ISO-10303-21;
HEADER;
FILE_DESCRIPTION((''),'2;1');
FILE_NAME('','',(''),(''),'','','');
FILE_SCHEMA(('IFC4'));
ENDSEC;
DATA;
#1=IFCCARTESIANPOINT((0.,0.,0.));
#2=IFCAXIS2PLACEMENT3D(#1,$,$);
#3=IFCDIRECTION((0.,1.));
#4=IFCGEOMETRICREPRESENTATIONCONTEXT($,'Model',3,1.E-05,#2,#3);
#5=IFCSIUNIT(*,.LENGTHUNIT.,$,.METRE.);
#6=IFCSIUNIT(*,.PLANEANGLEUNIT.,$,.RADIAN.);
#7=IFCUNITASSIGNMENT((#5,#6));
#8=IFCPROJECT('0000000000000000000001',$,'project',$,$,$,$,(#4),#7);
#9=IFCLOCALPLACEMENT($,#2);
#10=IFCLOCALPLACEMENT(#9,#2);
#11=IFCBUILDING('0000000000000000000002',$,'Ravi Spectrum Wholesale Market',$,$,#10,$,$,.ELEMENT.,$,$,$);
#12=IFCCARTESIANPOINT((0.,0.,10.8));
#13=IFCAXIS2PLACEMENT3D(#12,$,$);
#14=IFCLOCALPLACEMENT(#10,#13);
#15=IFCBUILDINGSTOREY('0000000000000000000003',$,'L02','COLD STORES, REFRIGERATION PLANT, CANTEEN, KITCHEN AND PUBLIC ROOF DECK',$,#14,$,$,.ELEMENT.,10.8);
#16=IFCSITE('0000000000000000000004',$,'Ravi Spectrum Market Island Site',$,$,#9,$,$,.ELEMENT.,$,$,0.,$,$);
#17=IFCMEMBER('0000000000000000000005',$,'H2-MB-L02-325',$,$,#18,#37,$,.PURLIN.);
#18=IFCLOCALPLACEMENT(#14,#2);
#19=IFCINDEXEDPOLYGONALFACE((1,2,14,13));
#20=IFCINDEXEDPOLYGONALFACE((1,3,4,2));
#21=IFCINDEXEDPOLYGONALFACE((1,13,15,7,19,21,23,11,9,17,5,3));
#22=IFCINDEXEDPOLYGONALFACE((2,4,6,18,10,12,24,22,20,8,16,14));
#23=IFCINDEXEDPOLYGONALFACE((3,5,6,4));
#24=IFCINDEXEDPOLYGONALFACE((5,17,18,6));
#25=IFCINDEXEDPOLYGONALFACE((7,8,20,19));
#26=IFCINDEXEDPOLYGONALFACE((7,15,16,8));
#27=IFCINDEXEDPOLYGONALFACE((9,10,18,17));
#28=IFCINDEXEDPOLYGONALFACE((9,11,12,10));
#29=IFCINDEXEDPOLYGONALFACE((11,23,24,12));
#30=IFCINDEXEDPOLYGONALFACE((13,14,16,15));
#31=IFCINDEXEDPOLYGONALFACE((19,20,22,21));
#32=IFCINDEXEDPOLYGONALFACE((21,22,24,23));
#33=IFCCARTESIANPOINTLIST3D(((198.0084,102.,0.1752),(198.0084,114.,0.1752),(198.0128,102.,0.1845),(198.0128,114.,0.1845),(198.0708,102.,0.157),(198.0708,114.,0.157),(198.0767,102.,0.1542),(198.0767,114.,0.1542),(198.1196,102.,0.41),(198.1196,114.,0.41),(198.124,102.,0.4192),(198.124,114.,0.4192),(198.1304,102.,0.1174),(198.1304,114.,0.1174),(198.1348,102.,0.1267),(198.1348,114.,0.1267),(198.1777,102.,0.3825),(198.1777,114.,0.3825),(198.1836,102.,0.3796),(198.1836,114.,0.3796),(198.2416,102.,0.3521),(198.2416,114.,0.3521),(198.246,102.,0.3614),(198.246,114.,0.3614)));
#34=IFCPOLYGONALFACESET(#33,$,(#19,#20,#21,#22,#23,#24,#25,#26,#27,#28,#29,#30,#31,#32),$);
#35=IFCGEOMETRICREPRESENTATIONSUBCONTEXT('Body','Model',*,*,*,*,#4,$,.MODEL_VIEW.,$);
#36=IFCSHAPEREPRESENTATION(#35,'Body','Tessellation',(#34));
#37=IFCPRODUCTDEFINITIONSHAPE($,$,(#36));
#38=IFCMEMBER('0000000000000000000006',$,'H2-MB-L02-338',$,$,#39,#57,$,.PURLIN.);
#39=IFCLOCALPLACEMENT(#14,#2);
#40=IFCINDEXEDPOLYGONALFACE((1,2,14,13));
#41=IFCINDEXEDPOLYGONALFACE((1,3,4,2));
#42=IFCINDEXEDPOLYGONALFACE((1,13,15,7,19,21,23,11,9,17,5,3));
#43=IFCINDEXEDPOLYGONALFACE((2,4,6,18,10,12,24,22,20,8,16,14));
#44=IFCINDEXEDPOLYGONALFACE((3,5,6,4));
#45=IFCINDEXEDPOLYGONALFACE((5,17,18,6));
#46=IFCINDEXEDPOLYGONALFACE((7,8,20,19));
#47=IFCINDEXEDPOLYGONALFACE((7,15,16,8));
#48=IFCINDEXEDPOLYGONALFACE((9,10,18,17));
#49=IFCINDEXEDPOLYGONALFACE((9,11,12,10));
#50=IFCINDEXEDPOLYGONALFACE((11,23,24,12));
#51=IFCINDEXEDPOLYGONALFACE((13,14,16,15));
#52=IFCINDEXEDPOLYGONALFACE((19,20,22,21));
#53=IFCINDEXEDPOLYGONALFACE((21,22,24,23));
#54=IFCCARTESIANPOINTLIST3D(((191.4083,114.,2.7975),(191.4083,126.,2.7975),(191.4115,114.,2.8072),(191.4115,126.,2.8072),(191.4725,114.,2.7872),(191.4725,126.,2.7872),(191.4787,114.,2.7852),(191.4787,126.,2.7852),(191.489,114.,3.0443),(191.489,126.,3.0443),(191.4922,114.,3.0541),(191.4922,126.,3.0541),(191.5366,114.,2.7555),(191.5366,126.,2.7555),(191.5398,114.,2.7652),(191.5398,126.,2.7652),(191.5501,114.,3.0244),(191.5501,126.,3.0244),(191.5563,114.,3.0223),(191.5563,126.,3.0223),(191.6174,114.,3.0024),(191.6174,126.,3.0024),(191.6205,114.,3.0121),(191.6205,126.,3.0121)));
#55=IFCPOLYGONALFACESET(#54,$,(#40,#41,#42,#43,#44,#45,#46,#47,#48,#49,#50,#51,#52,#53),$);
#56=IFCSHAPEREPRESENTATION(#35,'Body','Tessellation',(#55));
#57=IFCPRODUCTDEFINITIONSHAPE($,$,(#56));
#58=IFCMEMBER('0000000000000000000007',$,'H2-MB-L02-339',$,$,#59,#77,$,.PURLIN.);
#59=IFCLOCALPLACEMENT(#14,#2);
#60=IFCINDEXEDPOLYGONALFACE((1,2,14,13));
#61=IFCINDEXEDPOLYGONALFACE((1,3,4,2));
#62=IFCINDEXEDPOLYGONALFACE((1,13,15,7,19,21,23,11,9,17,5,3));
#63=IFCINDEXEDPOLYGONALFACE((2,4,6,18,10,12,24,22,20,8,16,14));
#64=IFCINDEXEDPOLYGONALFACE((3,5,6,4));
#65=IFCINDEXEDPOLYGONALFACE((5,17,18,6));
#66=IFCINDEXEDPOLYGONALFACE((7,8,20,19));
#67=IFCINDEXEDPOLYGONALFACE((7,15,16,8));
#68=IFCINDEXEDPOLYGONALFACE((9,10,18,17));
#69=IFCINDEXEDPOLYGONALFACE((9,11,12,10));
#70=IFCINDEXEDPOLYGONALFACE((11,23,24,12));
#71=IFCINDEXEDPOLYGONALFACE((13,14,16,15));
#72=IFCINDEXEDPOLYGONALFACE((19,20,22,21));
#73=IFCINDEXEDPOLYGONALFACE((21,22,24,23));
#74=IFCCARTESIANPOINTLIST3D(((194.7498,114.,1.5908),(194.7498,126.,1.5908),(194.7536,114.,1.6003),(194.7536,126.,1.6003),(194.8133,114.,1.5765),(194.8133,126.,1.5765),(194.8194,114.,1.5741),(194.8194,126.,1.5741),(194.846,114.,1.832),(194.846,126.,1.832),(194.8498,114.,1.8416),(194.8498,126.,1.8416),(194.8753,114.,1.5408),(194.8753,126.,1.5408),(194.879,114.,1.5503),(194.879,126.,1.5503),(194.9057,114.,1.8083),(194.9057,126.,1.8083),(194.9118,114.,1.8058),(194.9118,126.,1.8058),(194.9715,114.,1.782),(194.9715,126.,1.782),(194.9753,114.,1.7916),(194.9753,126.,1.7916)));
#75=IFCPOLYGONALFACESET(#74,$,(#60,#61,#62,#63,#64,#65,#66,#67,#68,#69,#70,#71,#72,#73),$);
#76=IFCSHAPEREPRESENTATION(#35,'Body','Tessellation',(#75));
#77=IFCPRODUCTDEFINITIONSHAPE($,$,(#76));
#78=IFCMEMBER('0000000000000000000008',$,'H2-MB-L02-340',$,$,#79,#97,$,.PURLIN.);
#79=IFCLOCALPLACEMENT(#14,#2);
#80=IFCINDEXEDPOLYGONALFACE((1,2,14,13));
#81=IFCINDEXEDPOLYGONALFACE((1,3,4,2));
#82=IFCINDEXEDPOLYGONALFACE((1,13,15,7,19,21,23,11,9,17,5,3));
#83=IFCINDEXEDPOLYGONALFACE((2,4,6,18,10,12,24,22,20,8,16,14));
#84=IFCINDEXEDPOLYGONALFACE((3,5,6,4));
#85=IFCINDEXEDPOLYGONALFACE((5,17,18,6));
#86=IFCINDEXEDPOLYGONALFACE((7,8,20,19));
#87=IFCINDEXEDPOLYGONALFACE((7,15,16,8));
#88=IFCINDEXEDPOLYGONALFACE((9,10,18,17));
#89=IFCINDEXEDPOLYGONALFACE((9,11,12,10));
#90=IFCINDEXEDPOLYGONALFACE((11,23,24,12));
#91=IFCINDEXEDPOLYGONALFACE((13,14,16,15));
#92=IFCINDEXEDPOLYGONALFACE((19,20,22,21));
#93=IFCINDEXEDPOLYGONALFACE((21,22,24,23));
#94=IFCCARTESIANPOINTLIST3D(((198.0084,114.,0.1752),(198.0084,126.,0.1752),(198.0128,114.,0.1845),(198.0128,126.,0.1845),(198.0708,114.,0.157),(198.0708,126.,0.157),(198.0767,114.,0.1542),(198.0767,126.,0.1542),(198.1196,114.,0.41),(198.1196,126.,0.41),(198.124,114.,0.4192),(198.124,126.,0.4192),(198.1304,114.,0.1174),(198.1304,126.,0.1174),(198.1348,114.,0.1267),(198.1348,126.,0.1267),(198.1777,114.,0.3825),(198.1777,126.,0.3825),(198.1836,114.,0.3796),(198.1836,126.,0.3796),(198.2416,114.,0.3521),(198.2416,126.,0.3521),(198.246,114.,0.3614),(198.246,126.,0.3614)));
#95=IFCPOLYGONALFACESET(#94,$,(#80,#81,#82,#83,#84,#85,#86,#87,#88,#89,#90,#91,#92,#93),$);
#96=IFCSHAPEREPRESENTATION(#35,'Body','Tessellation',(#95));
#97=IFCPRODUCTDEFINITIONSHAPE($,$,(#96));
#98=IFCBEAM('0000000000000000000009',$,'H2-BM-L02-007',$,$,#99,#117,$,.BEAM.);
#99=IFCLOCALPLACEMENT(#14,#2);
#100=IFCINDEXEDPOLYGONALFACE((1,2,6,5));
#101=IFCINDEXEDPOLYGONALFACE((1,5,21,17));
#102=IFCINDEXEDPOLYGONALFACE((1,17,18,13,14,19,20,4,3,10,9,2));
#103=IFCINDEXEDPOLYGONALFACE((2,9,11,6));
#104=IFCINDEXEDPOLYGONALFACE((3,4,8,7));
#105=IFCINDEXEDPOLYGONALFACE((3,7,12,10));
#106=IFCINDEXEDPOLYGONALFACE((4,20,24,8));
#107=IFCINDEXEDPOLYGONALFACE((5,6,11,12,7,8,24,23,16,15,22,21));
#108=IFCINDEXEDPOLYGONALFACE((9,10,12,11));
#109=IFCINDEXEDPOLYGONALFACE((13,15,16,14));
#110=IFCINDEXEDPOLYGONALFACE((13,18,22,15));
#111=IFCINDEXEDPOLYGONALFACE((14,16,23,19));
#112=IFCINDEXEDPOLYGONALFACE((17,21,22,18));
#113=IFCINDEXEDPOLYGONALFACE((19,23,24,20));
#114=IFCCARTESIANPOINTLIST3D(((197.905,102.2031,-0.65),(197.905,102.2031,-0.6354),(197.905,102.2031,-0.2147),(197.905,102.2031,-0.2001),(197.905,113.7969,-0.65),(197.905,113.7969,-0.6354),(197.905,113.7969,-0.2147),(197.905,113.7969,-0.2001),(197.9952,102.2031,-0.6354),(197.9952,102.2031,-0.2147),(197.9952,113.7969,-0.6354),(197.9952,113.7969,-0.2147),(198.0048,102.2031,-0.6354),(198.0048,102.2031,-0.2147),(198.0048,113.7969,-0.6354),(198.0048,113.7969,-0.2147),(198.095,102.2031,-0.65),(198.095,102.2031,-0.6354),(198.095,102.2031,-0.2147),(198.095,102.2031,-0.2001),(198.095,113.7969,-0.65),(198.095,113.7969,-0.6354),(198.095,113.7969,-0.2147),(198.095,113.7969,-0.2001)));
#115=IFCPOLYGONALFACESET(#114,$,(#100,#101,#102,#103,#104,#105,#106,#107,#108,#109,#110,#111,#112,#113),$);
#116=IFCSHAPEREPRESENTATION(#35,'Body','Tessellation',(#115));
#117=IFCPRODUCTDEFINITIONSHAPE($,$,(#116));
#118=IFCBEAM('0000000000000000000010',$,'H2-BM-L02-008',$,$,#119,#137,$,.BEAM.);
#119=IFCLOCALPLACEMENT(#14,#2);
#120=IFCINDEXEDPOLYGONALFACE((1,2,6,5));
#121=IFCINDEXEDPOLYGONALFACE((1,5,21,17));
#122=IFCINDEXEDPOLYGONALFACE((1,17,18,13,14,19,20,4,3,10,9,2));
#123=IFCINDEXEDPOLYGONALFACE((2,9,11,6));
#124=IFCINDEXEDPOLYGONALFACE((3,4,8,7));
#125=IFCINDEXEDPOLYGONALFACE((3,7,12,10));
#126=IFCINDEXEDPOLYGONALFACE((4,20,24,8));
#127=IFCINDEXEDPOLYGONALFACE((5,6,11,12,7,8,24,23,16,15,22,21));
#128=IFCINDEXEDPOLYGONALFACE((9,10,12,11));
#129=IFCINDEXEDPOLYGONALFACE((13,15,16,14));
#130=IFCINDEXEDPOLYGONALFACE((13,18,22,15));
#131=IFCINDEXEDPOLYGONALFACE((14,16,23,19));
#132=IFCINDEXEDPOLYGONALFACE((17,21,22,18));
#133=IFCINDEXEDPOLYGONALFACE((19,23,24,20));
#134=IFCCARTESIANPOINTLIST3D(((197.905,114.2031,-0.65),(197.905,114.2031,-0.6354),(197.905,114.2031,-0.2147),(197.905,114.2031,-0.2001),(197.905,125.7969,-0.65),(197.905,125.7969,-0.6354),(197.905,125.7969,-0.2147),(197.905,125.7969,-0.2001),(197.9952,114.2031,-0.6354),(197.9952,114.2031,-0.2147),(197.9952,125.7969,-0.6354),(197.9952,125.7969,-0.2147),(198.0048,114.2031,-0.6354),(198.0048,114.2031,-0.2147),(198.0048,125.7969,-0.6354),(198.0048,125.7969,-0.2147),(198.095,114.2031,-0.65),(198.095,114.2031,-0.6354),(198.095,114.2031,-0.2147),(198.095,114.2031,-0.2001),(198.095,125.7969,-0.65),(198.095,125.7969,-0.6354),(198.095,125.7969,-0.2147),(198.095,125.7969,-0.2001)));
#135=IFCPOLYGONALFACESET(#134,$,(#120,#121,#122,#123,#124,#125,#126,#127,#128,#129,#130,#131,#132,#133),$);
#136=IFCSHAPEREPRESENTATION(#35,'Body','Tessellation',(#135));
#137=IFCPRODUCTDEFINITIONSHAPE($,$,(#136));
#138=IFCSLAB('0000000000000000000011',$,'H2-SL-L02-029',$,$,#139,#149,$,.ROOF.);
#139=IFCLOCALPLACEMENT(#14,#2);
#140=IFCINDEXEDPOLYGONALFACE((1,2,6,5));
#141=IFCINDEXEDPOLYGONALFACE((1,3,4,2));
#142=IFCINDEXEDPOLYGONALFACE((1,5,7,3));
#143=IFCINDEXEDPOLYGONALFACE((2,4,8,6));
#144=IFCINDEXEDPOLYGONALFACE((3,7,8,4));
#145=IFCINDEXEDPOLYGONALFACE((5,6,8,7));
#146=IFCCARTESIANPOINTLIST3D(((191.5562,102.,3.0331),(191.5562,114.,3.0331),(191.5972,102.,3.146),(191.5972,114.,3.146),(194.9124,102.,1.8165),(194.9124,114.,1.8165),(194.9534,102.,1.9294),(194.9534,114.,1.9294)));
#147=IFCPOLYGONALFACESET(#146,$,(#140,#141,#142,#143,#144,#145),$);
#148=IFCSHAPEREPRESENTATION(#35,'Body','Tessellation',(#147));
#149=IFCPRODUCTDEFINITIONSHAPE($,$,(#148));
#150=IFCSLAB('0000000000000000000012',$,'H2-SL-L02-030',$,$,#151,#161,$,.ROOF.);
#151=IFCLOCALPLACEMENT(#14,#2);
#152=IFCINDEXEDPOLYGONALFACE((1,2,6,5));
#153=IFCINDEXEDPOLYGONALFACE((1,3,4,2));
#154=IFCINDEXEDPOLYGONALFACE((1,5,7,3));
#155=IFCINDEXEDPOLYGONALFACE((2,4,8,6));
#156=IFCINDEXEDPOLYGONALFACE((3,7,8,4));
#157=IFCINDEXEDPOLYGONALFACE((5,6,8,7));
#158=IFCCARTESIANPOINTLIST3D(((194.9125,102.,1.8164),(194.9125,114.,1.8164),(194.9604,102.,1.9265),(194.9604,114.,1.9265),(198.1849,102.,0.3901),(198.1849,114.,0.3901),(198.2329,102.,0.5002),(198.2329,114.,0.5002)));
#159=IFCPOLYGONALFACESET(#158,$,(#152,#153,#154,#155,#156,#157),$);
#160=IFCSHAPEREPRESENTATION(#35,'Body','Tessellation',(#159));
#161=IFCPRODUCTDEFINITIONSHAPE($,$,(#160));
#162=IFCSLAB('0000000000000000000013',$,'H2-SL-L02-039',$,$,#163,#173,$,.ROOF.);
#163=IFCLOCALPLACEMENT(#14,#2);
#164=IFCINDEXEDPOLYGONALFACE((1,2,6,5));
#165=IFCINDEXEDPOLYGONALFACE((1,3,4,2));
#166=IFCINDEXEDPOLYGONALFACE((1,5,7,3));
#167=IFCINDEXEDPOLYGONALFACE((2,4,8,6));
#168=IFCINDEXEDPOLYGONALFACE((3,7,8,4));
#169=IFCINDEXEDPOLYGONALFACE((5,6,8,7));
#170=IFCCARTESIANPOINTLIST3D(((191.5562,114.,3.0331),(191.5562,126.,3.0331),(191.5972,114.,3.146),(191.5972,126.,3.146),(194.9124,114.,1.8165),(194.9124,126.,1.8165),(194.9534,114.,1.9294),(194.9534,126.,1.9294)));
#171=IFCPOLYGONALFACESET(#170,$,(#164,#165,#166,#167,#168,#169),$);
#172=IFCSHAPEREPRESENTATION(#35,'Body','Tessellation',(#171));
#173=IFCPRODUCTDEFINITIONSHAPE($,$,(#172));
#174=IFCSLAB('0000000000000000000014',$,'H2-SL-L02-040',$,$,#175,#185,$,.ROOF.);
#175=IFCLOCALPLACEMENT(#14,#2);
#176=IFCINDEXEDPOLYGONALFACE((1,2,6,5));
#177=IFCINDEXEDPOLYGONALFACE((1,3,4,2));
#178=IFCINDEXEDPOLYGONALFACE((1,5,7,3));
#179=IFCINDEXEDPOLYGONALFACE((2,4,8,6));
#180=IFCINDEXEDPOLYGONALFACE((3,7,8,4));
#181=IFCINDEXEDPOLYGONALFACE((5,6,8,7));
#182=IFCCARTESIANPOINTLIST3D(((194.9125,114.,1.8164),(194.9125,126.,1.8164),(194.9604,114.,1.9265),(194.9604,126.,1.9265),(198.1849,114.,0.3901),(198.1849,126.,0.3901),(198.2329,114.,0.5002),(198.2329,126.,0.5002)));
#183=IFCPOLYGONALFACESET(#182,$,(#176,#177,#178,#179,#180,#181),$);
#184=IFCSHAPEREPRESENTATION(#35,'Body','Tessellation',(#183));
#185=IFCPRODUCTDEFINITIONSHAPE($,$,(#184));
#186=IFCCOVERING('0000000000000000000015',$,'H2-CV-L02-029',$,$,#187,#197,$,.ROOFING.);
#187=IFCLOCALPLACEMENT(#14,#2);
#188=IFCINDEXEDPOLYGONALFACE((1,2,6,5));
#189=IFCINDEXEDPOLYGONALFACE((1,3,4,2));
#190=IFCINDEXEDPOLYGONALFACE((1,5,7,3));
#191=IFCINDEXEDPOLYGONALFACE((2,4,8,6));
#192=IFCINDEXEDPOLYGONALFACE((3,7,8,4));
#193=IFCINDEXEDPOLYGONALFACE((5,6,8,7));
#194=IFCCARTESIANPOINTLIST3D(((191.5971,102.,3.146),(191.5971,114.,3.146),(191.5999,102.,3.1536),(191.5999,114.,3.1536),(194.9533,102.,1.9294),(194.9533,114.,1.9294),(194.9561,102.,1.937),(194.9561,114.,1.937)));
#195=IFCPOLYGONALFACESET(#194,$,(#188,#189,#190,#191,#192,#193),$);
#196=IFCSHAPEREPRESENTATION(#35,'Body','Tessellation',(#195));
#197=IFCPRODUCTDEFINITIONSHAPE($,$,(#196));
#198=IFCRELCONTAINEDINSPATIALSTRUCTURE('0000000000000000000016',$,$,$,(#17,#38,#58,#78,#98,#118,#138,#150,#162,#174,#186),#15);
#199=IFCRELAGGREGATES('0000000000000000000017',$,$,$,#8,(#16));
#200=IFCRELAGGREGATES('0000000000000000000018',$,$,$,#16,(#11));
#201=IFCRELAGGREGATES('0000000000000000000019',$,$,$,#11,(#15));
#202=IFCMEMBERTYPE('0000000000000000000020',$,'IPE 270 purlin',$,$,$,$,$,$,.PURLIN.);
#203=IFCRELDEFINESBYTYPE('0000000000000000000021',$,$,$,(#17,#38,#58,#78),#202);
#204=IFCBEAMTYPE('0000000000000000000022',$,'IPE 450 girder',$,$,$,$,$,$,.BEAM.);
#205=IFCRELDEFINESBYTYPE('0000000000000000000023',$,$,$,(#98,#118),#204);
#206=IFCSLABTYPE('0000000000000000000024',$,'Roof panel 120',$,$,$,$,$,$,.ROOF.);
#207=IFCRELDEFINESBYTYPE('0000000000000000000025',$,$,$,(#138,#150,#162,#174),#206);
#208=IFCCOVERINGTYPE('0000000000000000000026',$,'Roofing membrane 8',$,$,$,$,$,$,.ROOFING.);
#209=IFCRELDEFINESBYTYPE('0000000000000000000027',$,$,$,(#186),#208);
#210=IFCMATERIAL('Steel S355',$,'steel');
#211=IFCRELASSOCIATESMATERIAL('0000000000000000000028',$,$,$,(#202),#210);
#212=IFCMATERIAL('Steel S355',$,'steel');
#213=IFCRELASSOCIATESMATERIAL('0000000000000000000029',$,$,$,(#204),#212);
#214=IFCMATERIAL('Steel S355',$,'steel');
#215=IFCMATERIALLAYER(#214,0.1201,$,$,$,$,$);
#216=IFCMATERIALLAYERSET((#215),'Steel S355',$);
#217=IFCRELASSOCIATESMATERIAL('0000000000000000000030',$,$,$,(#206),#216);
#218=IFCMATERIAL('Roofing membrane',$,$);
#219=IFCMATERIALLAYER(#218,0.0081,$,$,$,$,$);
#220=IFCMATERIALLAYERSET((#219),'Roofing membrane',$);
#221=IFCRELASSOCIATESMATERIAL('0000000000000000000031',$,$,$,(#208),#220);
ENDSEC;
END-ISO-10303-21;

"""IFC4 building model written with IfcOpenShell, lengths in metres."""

from ifc_helpers import new_model, si_unit, direction, frame, origin, origin_2d, place, context, subcontext, project, spatial, polyline, i_section, outline, extrude, material, layer, layer_set, material_profile, profile_set, type_object, element, save


model = new_model("IFC4")

# Units and contexts
model_context = context("Model", 3, precision=1e-05, world=origin(), true_north=direction((0.0, 1.0)))
body_context = subcontext(model_context, "Body", "Model", "MODEL_VIEW")
ifc_project = project(units=[si_unit("LENGTHUNIT", "METRE"), si_unit("PLANEANGLEUNIT", "RADIAN")], contexts=[model_context])

# Site, building, storey
site_placement = place(None, origin())
site = spatial("IfcSite", under=ifc_project, at=site_placement, Name="Ravi Spectrum Market Island Site", CompositionType="ELEMENT", RefElevation=0.0)
building_placement = place(site_placement, origin())
building = spatial("IfcBuilding", under=site, at=building_placement, Name="Ravi Spectrum Wholesale Market", CompositionType="ELEMENT")
storey_placement = place(building_placement, frame((0.0, 0.0, 10.8)))
storey = spatial("IfcBuildingStorey", under=building, at=storey_placement, Name="L02", Description="COLD STORES, REFRIGERATION PLANT, CANTEEN, KITCHEN AND PUBLIC ROOF DECK", CompositionType="ELEMENT", Elevation=10.8)

# Members
ifc_material_1 = material(Name="Steel S355", Category="steel")
ifc_material_profile_1 = material_profile(ifc_material_1, i_section(OverallWidth=0.135, OverallDepth=0.27, WebThickness=0.0066, FlangeThickness=0.0103, at=origin_2d()))
ifc_profile_set_1 = profile_set([ifc_material_profile_1], Name="Steel S355")
member_type_1 = type_object("IfcMemberType", Name="IPE 270 purlin", PredefinedType="PURLIN", material=ifc_profile_set_1)
for number, where, z_axis, x_axis, name in (
    (1, (198.1272, 102.0, 0.2683), (0.0, 1.0, 0.0), (-0.903629, 0.0, 0.428316), "H2-MB-L02-325"),
    (2, (191.5144, 114.0, 2.9048), (0.0, 1.0, 0.0), (-0.950435, 0.0, 0.310923), "H2-MB-L02-338"),
    (3, (194.8625, 114.0, 1.6912), (0.0, 1.0, 0.0), (-0.928888, 0.0, 0.37036), "H2-MB-L02-339"),
    (4, (198.1272, 114.0, 0.2683), (0.0, 1.0, 0.0), (-0.903629, 0.0, 0.428316), "H2-MB-L02-340"),
):
    element("IfcMember", number, at=place(storey_placement, frame(where, z_axis=z_axis, x_axis=x_axis)), inside=storey, type_object=member_type_1, Name=name, PredefinedType="PURLIN", context=body_context, shape_type="SweptSolid", body=[
        extrude(i_section(OverallWidth=0.135, OverallDepth=0.27, WebThickness=0.0066, FlangeThickness=0.0103, at=origin_2d()), origin(), (0.0, 0.0, 1.0), 12.0),
    ])

# Beams
ifc_material_2 = material(Name="Steel S355", Category="steel")
ifc_material_profile_2 = material_profile(ifc_material_2, i_section(OverallWidth=0.1899, OverallDepth=0.45, WebThickness=0.0095, FlangeThickness=0.0146, at=origin_2d()))
ifc_profile_set_2 = profile_set([ifc_material_profile_2], Name="Steel S355")
beam_type = type_object("IfcBeamType", Name="IPE 450 girder", PredefinedType="BEAM", material=ifc_profile_set_2)
for number, where, z_axis, x_axis, name in (
    (5, (198.0, 102.2031, -0.425), (0.0, 1.0, 0.0), (-1.0, 0.0, 0.0), "H2-BM-L02-007"),
    (6, (198.0, 114.2031, -0.425), (0.0, 1.0, 0.0), (-1.0, 0.0, 0.0), "H2-BM-L02-008"),
):
    element("IfcBeam", number, at=place(storey_placement, frame(where, z_axis=z_axis, x_axis=x_axis)), inside=storey, type_object=beam_type, Name=name, PredefinedType="BEAM", context=body_context, shape_type="SweptSolid", body=[
        extrude(i_section(OverallWidth=0.1899, OverallDepth=0.45, WebThickness=0.0095, FlangeThickness=0.0146, at=origin_2d()), origin(), (0.0, 0.0, 1.0), 11.5938),
    ])

# Slabs
ifc_material_3 = material(Name="Steel S355", Category="steel")
ifc_layer_1 = layer(ifc_material_3, 0.1201)
ifc_layer_set_1 = layer_set([ifc_layer_1], Name="Steel S355")
slab_type = type_object("IfcSlabType", Name="Roof panel 120", PredefinedType="ROOF", material=ifc_layer_set_1)
slab_1_placement = place(storey_placement, frame((191.5972, 102.0, 3.146), z_axis=(0.340782, 0.0, 0.940142), x_axis=(0.940142, 0.0, -0.340782)))
element("IfcSlab", 7, at=slab_1_placement, inside=storey, type_object=slab_type, Name="H2-SL-L02-029", PredefinedType="ROOF", context=body_context, shape_type="SweptSolid", body=[
    extrude(outline(polyline([(0.0, 0.0), (3.5699, 0.0), (3.5699, 12.0), (0.0, 12.0), (0.0, 0.0)])), origin(), (0.0, 0.0, -1.0), 0.1201),
])
slab_2_placement = place(storey_placement, frame((194.9604, 102.0, 1.9265), z_axis=(0.399541, 0.0, 0.916715), x_axis=(0.916715, 0.0, -0.399541)))
element("IfcSlab", 8, at=slab_2_placement, inside=storey, type_object=slab_type, Name="H2-SL-L02-030", PredefinedType="ROOF", context=body_context, shape_type="SweptSolid", body=[
    extrude(outline(polyline([(0.0, 0.0), (3.5698, 0.0), (3.5698, 12.0), (0.0, 12.0), (0.0, 0.0)])), origin(), (0.0, 0.0, -1.0), 0.1201),
])
slab_3_placement = place(storey_placement, frame((191.5972, 114.0, 3.146), z_axis=(0.340782, 0.0, 0.940142), x_axis=(0.940142, 0.0, -0.340782)))
element("IfcSlab", 9, at=slab_3_placement, inside=storey, type_object=slab_type, Name="H2-SL-L02-039", PredefinedType="ROOF", context=body_context, shape_type="SweptSolid", body=[
    extrude(outline(polyline([(0.0, 0.0), (3.5699, 0.0), (3.5699, 12.0), (0.0, 12.0), (0.0, 0.0)])), origin(), (0.0, 0.0, -1.0), 0.1201),
])
slab_4_placement = place(storey_placement, frame((194.9604, 114.0, 1.9265), z_axis=(0.399541, 0.0, 0.916715), x_axis=(0.916715, 0.0, -0.399541)))
element("IfcSlab", 10, at=slab_4_placement, inside=storey, type_object=slab_type, Name="H2-SL-L02-040", PredefinedType="ROOF", context=body_context, shape_type="SweptSolid", body=[
    extrude(outline(polyline([(0.0, 0.0), (3.5698, 0.0), (3.5698, 12.0), (0.0, 12.0), (0.0, 0.0)])), origin(), (0.0, 0.0, -1.0), 0.1201),
])

# Covering
ifc_material_4 = material(Name="Roofing membrane")
ifc_layer_2 = layer(ifc_material_4, 0.0081)
ifc_layer_set_2 = layer_set([ifc_layer_2], Name="Roofing membrane")
covering_type = type_object("IfcCoveringType", Name="Roofing membrane 8", PredefinedType="ROOFING", material=ifc_layer_set_2)
covering_1_placement = place(storey_placement, frame((191.5999, 102.0, 3.1536), z_axis=(0.340782, 0.0, 0.940142), x_axis=(0.940142, 0.0, -0.340782)))
element("IfcCovering", 11, at=covering_1_placement, inside=storey, type_object=covering_type, Name="H2-CV-L02-029", PredefinedType="ROOFING", context=body_context, shape_type="SweptSolid", body=[
    extrude(outline(polyline([(0.0, 0.0), (3.5699, 0.0), (3.5699, 12.0), (0.0, 12.0), (0.0, 0.0)])), origin(), (0.0, 0.0, -1.0), 0.0081),
])

save(model, "model.ifc")
